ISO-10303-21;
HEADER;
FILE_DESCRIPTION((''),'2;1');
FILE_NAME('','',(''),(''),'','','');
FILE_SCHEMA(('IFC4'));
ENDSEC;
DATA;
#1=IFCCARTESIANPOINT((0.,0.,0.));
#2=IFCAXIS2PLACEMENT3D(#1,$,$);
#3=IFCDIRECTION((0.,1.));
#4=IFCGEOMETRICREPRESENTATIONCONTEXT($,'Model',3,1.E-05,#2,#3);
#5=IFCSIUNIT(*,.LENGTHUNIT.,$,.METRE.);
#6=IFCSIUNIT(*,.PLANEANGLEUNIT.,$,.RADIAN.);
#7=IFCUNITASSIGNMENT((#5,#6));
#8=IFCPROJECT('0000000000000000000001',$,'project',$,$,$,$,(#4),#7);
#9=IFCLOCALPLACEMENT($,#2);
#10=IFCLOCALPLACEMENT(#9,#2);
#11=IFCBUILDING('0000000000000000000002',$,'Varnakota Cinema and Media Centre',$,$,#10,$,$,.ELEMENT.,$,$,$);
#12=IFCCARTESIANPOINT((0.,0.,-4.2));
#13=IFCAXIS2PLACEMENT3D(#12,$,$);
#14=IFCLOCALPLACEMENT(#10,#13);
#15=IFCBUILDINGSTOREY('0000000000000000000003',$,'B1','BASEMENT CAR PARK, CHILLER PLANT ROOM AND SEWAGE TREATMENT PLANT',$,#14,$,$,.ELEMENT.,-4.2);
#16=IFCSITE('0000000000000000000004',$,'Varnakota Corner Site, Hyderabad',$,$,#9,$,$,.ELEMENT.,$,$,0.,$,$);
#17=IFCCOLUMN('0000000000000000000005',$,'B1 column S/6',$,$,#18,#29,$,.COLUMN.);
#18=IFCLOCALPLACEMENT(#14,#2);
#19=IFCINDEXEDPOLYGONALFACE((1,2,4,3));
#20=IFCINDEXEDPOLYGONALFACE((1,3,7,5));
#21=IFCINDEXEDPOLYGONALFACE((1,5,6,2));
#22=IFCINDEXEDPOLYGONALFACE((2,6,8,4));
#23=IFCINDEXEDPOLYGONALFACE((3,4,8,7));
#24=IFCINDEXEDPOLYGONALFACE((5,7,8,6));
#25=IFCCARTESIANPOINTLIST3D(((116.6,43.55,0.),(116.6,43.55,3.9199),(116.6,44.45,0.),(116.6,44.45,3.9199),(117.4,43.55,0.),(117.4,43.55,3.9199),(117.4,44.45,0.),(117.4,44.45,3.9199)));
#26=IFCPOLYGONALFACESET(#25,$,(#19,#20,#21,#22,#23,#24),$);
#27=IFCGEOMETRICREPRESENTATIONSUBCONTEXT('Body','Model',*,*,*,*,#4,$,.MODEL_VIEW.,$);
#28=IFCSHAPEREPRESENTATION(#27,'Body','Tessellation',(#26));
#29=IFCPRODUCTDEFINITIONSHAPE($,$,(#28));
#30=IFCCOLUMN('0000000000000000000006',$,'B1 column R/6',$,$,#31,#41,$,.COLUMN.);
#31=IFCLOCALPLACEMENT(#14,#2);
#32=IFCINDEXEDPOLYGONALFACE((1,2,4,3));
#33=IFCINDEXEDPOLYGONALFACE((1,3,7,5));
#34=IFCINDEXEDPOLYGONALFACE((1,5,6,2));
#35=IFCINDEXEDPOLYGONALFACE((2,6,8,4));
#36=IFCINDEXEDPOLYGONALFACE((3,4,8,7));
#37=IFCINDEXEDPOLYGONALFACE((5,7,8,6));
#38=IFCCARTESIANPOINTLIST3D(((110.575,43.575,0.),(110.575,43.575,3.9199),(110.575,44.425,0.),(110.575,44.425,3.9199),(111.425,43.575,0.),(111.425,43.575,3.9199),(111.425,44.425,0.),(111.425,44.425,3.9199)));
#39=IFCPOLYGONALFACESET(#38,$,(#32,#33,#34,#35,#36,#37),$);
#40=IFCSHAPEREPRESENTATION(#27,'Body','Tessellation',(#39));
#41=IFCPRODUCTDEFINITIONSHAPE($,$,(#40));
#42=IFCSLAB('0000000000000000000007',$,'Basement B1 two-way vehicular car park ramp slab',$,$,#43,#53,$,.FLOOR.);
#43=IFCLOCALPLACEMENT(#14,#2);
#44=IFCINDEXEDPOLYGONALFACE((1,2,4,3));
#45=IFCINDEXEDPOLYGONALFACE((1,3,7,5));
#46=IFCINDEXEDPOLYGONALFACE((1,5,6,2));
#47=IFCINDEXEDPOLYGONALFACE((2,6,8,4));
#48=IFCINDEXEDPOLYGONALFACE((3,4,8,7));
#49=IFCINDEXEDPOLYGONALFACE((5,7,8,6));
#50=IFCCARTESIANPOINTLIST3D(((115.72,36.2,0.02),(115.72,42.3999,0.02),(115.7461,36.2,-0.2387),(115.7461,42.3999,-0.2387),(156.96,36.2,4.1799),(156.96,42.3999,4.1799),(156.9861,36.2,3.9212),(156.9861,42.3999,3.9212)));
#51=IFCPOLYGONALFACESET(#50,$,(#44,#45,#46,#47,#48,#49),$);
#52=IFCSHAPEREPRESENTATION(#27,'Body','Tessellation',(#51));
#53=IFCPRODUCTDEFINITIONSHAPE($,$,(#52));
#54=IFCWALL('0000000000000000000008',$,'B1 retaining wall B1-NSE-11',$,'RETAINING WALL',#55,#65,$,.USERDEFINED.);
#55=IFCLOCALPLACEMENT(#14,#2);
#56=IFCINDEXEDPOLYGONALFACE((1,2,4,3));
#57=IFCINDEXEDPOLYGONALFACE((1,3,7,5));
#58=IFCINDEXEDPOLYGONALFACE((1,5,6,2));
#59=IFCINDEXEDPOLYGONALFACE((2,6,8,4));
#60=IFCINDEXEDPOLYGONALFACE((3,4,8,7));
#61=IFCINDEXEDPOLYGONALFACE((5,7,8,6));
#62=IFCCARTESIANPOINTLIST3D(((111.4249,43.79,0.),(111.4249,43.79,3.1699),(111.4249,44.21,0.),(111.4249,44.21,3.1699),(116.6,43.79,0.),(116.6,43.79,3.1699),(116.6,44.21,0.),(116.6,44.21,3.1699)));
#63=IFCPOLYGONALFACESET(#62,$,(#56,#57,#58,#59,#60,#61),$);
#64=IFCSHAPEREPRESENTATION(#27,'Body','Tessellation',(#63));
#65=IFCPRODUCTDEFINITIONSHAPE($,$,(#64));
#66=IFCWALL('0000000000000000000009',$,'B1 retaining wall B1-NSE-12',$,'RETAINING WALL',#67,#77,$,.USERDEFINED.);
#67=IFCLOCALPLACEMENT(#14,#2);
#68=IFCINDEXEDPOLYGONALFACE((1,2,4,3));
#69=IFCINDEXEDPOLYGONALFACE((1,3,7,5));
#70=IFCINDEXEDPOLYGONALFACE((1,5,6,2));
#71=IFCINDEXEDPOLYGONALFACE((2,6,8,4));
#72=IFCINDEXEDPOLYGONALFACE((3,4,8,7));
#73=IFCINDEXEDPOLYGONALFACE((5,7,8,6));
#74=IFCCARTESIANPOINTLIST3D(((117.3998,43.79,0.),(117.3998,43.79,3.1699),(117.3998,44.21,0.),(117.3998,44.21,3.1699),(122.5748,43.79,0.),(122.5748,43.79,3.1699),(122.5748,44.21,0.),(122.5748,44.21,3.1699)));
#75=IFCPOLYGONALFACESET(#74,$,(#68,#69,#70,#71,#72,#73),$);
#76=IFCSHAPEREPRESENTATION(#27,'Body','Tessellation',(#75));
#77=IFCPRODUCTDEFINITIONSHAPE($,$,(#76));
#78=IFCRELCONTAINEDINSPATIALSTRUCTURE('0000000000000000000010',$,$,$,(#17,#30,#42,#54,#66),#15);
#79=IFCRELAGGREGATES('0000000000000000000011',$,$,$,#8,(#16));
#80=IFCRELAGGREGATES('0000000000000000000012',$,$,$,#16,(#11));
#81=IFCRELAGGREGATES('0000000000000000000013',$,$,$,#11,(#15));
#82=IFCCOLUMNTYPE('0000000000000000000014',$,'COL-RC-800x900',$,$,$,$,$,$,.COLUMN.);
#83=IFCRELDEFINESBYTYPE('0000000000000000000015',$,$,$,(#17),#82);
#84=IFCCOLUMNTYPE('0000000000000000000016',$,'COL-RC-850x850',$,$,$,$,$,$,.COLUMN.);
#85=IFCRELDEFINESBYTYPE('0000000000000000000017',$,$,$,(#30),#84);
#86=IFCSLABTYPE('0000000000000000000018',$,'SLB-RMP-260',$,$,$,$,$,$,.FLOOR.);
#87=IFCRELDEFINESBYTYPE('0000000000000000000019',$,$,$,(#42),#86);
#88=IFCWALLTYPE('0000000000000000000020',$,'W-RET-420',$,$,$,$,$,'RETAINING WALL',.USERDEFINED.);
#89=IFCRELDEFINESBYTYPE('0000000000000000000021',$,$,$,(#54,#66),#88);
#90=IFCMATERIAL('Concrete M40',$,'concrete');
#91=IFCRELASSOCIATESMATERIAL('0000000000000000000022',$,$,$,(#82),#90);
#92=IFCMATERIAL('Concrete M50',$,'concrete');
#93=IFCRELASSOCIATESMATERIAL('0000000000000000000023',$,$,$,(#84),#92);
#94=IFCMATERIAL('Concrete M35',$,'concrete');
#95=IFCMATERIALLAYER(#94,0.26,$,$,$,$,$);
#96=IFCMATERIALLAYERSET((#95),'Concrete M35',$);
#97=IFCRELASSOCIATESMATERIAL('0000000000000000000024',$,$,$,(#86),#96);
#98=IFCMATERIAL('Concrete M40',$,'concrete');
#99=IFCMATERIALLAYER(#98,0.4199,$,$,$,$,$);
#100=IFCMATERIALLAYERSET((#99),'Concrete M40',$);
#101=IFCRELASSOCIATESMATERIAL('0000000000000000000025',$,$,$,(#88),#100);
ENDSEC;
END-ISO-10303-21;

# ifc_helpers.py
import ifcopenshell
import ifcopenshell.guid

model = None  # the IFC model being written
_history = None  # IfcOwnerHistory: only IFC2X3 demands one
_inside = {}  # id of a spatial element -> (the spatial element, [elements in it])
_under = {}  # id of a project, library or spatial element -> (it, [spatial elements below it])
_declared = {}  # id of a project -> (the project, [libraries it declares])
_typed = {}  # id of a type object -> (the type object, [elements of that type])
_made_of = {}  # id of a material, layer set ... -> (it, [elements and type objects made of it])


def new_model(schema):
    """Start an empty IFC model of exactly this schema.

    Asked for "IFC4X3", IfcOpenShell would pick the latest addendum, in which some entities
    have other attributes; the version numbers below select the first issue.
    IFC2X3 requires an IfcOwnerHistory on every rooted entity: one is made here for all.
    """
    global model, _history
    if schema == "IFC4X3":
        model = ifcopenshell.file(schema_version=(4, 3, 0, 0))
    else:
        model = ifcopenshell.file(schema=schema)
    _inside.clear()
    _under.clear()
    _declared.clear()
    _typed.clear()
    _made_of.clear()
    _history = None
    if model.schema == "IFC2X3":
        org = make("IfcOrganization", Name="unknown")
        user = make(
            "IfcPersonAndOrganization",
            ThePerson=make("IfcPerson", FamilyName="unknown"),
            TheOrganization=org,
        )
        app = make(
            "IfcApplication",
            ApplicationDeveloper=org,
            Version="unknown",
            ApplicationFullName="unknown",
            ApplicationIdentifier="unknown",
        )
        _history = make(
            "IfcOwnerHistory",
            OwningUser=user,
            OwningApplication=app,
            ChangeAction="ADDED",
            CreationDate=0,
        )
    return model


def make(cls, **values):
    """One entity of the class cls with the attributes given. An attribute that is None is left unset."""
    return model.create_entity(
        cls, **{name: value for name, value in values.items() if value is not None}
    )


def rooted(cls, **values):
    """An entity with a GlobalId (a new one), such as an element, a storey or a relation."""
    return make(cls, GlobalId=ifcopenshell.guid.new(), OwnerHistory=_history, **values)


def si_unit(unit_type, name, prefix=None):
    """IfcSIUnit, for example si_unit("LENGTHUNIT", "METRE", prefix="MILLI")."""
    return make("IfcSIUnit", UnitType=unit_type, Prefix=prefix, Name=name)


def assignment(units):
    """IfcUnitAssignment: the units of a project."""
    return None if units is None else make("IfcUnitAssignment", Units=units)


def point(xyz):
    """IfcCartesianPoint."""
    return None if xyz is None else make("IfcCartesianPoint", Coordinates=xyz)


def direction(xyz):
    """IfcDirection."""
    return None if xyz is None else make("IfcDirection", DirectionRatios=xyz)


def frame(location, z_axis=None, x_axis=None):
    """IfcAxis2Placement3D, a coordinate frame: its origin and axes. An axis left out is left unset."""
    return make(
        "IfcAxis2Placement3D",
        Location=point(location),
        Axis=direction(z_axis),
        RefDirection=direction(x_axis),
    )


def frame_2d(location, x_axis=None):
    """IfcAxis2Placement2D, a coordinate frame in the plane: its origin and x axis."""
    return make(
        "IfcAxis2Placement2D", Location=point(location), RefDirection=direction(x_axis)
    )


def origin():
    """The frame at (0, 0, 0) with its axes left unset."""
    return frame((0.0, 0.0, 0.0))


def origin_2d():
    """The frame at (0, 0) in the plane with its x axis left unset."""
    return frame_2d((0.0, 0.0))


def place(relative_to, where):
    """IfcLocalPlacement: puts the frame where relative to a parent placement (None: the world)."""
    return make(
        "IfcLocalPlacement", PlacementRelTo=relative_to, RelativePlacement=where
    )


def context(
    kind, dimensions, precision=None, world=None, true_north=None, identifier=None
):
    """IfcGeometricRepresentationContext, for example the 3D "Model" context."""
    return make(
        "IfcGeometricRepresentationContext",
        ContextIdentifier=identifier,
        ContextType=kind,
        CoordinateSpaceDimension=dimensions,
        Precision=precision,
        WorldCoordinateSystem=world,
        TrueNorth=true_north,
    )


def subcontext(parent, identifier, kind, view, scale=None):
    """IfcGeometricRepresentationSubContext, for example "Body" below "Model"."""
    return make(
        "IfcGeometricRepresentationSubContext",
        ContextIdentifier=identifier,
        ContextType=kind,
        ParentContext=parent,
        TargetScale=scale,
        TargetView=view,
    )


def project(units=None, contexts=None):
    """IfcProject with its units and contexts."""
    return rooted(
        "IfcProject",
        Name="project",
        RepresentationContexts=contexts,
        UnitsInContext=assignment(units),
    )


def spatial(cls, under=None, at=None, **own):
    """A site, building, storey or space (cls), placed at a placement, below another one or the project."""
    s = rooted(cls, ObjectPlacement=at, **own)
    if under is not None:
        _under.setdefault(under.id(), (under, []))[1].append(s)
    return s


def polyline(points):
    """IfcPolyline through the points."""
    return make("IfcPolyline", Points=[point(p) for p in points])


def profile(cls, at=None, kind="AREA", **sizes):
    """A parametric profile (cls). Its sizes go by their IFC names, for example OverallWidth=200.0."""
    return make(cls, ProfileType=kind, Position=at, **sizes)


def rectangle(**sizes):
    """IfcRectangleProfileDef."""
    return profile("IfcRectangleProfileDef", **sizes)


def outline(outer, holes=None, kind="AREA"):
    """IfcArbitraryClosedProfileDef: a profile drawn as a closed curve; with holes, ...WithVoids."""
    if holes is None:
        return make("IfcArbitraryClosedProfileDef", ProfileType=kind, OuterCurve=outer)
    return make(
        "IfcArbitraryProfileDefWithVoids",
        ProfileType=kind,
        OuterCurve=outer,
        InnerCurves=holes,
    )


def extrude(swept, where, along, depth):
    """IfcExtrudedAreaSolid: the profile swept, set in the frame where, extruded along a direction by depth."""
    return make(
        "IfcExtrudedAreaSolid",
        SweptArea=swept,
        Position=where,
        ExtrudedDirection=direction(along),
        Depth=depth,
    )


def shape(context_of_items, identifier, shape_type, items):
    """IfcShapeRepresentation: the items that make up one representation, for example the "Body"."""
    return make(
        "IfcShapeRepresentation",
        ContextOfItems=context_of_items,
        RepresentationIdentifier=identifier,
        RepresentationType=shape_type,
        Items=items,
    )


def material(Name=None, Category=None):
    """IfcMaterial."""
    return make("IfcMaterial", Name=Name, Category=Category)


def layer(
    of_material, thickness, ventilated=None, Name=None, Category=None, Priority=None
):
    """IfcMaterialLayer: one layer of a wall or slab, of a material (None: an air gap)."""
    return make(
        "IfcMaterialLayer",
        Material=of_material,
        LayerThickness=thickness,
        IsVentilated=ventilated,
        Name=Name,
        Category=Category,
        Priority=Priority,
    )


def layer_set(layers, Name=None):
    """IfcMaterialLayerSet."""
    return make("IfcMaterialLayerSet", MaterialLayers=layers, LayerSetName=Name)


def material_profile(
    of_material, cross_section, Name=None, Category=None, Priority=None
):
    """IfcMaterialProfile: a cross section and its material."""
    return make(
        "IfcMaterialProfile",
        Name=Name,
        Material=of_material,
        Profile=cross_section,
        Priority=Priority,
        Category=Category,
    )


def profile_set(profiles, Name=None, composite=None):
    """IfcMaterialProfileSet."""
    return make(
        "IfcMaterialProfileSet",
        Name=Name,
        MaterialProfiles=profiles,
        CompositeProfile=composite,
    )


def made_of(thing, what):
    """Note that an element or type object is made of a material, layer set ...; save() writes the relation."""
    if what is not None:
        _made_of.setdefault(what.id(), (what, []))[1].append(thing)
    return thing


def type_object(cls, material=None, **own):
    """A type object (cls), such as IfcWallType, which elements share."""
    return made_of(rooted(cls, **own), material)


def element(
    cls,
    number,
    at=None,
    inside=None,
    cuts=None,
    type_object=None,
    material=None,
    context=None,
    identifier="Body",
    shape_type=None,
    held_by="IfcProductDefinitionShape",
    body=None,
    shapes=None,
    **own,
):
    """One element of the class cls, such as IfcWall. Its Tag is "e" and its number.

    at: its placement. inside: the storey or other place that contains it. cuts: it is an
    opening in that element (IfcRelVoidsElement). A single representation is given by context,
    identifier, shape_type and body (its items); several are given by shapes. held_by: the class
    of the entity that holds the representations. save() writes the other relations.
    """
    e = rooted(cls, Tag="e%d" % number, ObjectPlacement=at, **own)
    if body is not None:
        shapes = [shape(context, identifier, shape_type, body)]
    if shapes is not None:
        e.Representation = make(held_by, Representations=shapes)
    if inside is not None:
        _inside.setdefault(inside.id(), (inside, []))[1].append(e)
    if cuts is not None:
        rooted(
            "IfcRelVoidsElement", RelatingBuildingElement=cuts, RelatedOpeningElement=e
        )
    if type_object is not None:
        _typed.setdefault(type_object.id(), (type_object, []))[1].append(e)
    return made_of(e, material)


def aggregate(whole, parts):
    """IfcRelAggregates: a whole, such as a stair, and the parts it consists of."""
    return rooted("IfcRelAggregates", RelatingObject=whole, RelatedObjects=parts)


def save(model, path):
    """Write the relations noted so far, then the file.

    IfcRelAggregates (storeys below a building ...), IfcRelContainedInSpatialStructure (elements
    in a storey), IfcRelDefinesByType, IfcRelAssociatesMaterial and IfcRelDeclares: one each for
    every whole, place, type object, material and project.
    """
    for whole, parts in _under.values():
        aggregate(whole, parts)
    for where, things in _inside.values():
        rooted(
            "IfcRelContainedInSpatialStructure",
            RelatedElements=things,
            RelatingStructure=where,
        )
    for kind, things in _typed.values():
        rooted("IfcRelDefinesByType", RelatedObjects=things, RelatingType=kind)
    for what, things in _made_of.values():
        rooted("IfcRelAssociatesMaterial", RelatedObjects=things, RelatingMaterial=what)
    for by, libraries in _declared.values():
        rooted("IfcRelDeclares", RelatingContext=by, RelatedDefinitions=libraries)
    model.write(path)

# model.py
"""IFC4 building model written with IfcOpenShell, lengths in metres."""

from ifc_helpers import new_model, si_unit, direction, frame, frame_2d, origin, origin_2d, place, context, subcontext, project, spatial, polyline, rectangle, outline, extrude, material, layer, layer_set, material_profile, profile_set, type_object, element, save


model = new_model("IFC4")

# Units and contexts
model_context = context("Model", 3, precision=1e-05, world=origin(), true_north=direction((0.0, 1.0)))
body_context = subcontext(model_context, "Body", "Model", "MODEL_VIEW")
ifc_project = project(units=[si_unit("LENGTHUNIT", "METRE"), si_unit("PLANEANGLEUNIT", "RADIAN")], contexts=[model_context])

# Site, building, storey
site_placement = place(None, origin())
site = spatial("IfcSite", under=ifc_project, at=site_placement, Name="Varnakota Corner Site, Hyderabad", CompositionType="ELEMENT", RefElevation=0.0)
building_placement = place(site_placement, origin())
building = spatial("IfcBuilding", under=site, at=building_placement, Name="Varnakota Cinema and Media Centre", CompositionType="ELEMENT")
storey_placement = place(building_placement, frame((0.0, 0.0, -4.2)))
storey = spatial("IfcBuildingStorey", under=building, at=storey_placement, Name="B1", Description="BASEMENT CAR PARK, CHILLER PLANT ROOM AND SEWAGE TREATMENT PLANT", CompositionType="ELEMENT", Elevation=-4.2)

# Columns
ifc_material_1 = material(Name="Concrete M40", Category="concrete")
ifc_material_profile_1 = material_profile(ifc_material_1, rectangle(XDim=0.8, YDim=0.8999, at=origin_2d()), Name="RC 800x900")
ifc_profile_set_1 = profile_set([ifc_material_profile_1], Name="Concrete M40")
column_type_1 = type_object("IfcColumnType", Name="COL-RC-800x900", PredefinedType="COLUMN", material=ifc_profile_set_1)
column_1_placement = place(storey_placement, frame((117.0, 44.0, 0.0), z_axis=(0.0, 0.0, 1.0), x_axis=(1.0, 0.0, 0.0)))
element("IfcColumn", 1, at=column_1_placement, inside=storey, type_object=column_type_1, Name="B1 column S/6", PredefinedType="COLUMN", context=body_context, shape_type="SweptSolid", body=[
    extrude(rectangle(XDim=0.8, YDim=0.8999, at=origin_2d()), origin(), (0.0, 0.0, 1.0), 3.9199),
])
ifc_material_2 = material(Name="Concrete M50", Category="concrete")
ifc_material_profile_2 = material_profile(ifc_material_2, rectangle(XDim=0.8501, YDim=0.8501, at=origin_2d()), Name="RC 850x850")
ifc_profile_set_2 = profile_set([ifc_material_profile_2], Name="Concrete M50")
column_type_2 = type_object("IfcColumnType", Name="COL-RC-850x850", PredefinedType="COLUMN", material=ifc_profile_set_2)
column_2_placement = place(storey_placement, frame((111.0, 44.0, 0.0), z_axis=(0.0, 0.0, 1.0), x_axis=(1.0, 0.0, 0.0)))
element("IfcColumn", 2, at=column_2_placement, inside=storey, type_object=column_type_2, Name="B1 column R/6", PredefinedType="COLUMN", context=body_context, shape_type="SweptSolid", body=[
    extrude(rectangle(XDim=0.8501, YDim=0.8501, at=origin_2d()), origin(), (0.0, 0.0, 1.0), 3.9199),
])

# Slab
ifc_material_3 = material(Name="Concrete M35", Category="concrete")
ifc_layer_1 = layer(ifc_material_3, 0.26)
ifc_layer_set_1 = layer_set([ifc_layer_1], Name="Concrete M35")
slab_type = type_object("IfcSlabType", Name="SLB-RMP-260", PredefinedType="FLOOR", material=ifc_layer_set_1)
slab_placement = place(storey_placement, frame((115.72, 36.2, 0.02), z_axis=(-0.100362, 0.0, 0.994951), x_axis=(0.994951, 0.0, 0.100362)))
element("IfcSlab", 3, at=slab_placement, inside=storey, type_object=slab_type, Name="Basement B1 two-way vehicular car park ramp slab", PredefinedType="FLOOR", context=body_context, shape_type="SweptSolid", body=[
    extrude(outline(polyline([(0.0, 0.0), (41.4493, 0.0), (41.4493, 6.2), (0.0, 6.2), (0.0, 0.0)])), origin(), (0.0, 0.0, -1.0), 0.26),
])

# Walls
ifc_material_4 = material(Name="Concrete M40", Category="concrete")
ifc_layer_2 = layer(ifc_material_4, 0.4199)
ifc_layer_set_2 = layer_set([ifc_layer_2], Name="Concrete M40")
wall_type = type_object("IfcWallType", Name="W-RET-420", ElementType="RETAINING WALL", PredefinedType="USERDEFINED", material=ifc_layer_set_2)
for number, where, z_axis, x_axis, name in (
    (4, (111.425, 44.0, 0.0), (0.0, 0.0, 1.0), (1.0, 0.0, 0.0), "B1 retaining wall B1-NSE-11"),
    (5, (117.3999, 44.0, 0.0), (0.0, 0.0, 1.0), (1.0, 0.0, 0.0), "B1 retaining wall B1-NSE-12"),
):
    element("IfcWall", number, at=place(storey_placement, frame(where, z_axis=z_axis, x_axis=x_axis)), inside=storey, type_object=wall_type, Name=name, ObjectType="RETAINING WALL", PredefinedType="USERDEFINED", context=body_context, shape_type="SweptSolid", body=[
        extrude(rectangle(XDim=5.175, YDim=0.4199, at=frame_2d((2.5874, 0.0))), origin(), (0.0, 0.0, 1.0), 3.1699),
    ])

save(model, "model.ifc")
